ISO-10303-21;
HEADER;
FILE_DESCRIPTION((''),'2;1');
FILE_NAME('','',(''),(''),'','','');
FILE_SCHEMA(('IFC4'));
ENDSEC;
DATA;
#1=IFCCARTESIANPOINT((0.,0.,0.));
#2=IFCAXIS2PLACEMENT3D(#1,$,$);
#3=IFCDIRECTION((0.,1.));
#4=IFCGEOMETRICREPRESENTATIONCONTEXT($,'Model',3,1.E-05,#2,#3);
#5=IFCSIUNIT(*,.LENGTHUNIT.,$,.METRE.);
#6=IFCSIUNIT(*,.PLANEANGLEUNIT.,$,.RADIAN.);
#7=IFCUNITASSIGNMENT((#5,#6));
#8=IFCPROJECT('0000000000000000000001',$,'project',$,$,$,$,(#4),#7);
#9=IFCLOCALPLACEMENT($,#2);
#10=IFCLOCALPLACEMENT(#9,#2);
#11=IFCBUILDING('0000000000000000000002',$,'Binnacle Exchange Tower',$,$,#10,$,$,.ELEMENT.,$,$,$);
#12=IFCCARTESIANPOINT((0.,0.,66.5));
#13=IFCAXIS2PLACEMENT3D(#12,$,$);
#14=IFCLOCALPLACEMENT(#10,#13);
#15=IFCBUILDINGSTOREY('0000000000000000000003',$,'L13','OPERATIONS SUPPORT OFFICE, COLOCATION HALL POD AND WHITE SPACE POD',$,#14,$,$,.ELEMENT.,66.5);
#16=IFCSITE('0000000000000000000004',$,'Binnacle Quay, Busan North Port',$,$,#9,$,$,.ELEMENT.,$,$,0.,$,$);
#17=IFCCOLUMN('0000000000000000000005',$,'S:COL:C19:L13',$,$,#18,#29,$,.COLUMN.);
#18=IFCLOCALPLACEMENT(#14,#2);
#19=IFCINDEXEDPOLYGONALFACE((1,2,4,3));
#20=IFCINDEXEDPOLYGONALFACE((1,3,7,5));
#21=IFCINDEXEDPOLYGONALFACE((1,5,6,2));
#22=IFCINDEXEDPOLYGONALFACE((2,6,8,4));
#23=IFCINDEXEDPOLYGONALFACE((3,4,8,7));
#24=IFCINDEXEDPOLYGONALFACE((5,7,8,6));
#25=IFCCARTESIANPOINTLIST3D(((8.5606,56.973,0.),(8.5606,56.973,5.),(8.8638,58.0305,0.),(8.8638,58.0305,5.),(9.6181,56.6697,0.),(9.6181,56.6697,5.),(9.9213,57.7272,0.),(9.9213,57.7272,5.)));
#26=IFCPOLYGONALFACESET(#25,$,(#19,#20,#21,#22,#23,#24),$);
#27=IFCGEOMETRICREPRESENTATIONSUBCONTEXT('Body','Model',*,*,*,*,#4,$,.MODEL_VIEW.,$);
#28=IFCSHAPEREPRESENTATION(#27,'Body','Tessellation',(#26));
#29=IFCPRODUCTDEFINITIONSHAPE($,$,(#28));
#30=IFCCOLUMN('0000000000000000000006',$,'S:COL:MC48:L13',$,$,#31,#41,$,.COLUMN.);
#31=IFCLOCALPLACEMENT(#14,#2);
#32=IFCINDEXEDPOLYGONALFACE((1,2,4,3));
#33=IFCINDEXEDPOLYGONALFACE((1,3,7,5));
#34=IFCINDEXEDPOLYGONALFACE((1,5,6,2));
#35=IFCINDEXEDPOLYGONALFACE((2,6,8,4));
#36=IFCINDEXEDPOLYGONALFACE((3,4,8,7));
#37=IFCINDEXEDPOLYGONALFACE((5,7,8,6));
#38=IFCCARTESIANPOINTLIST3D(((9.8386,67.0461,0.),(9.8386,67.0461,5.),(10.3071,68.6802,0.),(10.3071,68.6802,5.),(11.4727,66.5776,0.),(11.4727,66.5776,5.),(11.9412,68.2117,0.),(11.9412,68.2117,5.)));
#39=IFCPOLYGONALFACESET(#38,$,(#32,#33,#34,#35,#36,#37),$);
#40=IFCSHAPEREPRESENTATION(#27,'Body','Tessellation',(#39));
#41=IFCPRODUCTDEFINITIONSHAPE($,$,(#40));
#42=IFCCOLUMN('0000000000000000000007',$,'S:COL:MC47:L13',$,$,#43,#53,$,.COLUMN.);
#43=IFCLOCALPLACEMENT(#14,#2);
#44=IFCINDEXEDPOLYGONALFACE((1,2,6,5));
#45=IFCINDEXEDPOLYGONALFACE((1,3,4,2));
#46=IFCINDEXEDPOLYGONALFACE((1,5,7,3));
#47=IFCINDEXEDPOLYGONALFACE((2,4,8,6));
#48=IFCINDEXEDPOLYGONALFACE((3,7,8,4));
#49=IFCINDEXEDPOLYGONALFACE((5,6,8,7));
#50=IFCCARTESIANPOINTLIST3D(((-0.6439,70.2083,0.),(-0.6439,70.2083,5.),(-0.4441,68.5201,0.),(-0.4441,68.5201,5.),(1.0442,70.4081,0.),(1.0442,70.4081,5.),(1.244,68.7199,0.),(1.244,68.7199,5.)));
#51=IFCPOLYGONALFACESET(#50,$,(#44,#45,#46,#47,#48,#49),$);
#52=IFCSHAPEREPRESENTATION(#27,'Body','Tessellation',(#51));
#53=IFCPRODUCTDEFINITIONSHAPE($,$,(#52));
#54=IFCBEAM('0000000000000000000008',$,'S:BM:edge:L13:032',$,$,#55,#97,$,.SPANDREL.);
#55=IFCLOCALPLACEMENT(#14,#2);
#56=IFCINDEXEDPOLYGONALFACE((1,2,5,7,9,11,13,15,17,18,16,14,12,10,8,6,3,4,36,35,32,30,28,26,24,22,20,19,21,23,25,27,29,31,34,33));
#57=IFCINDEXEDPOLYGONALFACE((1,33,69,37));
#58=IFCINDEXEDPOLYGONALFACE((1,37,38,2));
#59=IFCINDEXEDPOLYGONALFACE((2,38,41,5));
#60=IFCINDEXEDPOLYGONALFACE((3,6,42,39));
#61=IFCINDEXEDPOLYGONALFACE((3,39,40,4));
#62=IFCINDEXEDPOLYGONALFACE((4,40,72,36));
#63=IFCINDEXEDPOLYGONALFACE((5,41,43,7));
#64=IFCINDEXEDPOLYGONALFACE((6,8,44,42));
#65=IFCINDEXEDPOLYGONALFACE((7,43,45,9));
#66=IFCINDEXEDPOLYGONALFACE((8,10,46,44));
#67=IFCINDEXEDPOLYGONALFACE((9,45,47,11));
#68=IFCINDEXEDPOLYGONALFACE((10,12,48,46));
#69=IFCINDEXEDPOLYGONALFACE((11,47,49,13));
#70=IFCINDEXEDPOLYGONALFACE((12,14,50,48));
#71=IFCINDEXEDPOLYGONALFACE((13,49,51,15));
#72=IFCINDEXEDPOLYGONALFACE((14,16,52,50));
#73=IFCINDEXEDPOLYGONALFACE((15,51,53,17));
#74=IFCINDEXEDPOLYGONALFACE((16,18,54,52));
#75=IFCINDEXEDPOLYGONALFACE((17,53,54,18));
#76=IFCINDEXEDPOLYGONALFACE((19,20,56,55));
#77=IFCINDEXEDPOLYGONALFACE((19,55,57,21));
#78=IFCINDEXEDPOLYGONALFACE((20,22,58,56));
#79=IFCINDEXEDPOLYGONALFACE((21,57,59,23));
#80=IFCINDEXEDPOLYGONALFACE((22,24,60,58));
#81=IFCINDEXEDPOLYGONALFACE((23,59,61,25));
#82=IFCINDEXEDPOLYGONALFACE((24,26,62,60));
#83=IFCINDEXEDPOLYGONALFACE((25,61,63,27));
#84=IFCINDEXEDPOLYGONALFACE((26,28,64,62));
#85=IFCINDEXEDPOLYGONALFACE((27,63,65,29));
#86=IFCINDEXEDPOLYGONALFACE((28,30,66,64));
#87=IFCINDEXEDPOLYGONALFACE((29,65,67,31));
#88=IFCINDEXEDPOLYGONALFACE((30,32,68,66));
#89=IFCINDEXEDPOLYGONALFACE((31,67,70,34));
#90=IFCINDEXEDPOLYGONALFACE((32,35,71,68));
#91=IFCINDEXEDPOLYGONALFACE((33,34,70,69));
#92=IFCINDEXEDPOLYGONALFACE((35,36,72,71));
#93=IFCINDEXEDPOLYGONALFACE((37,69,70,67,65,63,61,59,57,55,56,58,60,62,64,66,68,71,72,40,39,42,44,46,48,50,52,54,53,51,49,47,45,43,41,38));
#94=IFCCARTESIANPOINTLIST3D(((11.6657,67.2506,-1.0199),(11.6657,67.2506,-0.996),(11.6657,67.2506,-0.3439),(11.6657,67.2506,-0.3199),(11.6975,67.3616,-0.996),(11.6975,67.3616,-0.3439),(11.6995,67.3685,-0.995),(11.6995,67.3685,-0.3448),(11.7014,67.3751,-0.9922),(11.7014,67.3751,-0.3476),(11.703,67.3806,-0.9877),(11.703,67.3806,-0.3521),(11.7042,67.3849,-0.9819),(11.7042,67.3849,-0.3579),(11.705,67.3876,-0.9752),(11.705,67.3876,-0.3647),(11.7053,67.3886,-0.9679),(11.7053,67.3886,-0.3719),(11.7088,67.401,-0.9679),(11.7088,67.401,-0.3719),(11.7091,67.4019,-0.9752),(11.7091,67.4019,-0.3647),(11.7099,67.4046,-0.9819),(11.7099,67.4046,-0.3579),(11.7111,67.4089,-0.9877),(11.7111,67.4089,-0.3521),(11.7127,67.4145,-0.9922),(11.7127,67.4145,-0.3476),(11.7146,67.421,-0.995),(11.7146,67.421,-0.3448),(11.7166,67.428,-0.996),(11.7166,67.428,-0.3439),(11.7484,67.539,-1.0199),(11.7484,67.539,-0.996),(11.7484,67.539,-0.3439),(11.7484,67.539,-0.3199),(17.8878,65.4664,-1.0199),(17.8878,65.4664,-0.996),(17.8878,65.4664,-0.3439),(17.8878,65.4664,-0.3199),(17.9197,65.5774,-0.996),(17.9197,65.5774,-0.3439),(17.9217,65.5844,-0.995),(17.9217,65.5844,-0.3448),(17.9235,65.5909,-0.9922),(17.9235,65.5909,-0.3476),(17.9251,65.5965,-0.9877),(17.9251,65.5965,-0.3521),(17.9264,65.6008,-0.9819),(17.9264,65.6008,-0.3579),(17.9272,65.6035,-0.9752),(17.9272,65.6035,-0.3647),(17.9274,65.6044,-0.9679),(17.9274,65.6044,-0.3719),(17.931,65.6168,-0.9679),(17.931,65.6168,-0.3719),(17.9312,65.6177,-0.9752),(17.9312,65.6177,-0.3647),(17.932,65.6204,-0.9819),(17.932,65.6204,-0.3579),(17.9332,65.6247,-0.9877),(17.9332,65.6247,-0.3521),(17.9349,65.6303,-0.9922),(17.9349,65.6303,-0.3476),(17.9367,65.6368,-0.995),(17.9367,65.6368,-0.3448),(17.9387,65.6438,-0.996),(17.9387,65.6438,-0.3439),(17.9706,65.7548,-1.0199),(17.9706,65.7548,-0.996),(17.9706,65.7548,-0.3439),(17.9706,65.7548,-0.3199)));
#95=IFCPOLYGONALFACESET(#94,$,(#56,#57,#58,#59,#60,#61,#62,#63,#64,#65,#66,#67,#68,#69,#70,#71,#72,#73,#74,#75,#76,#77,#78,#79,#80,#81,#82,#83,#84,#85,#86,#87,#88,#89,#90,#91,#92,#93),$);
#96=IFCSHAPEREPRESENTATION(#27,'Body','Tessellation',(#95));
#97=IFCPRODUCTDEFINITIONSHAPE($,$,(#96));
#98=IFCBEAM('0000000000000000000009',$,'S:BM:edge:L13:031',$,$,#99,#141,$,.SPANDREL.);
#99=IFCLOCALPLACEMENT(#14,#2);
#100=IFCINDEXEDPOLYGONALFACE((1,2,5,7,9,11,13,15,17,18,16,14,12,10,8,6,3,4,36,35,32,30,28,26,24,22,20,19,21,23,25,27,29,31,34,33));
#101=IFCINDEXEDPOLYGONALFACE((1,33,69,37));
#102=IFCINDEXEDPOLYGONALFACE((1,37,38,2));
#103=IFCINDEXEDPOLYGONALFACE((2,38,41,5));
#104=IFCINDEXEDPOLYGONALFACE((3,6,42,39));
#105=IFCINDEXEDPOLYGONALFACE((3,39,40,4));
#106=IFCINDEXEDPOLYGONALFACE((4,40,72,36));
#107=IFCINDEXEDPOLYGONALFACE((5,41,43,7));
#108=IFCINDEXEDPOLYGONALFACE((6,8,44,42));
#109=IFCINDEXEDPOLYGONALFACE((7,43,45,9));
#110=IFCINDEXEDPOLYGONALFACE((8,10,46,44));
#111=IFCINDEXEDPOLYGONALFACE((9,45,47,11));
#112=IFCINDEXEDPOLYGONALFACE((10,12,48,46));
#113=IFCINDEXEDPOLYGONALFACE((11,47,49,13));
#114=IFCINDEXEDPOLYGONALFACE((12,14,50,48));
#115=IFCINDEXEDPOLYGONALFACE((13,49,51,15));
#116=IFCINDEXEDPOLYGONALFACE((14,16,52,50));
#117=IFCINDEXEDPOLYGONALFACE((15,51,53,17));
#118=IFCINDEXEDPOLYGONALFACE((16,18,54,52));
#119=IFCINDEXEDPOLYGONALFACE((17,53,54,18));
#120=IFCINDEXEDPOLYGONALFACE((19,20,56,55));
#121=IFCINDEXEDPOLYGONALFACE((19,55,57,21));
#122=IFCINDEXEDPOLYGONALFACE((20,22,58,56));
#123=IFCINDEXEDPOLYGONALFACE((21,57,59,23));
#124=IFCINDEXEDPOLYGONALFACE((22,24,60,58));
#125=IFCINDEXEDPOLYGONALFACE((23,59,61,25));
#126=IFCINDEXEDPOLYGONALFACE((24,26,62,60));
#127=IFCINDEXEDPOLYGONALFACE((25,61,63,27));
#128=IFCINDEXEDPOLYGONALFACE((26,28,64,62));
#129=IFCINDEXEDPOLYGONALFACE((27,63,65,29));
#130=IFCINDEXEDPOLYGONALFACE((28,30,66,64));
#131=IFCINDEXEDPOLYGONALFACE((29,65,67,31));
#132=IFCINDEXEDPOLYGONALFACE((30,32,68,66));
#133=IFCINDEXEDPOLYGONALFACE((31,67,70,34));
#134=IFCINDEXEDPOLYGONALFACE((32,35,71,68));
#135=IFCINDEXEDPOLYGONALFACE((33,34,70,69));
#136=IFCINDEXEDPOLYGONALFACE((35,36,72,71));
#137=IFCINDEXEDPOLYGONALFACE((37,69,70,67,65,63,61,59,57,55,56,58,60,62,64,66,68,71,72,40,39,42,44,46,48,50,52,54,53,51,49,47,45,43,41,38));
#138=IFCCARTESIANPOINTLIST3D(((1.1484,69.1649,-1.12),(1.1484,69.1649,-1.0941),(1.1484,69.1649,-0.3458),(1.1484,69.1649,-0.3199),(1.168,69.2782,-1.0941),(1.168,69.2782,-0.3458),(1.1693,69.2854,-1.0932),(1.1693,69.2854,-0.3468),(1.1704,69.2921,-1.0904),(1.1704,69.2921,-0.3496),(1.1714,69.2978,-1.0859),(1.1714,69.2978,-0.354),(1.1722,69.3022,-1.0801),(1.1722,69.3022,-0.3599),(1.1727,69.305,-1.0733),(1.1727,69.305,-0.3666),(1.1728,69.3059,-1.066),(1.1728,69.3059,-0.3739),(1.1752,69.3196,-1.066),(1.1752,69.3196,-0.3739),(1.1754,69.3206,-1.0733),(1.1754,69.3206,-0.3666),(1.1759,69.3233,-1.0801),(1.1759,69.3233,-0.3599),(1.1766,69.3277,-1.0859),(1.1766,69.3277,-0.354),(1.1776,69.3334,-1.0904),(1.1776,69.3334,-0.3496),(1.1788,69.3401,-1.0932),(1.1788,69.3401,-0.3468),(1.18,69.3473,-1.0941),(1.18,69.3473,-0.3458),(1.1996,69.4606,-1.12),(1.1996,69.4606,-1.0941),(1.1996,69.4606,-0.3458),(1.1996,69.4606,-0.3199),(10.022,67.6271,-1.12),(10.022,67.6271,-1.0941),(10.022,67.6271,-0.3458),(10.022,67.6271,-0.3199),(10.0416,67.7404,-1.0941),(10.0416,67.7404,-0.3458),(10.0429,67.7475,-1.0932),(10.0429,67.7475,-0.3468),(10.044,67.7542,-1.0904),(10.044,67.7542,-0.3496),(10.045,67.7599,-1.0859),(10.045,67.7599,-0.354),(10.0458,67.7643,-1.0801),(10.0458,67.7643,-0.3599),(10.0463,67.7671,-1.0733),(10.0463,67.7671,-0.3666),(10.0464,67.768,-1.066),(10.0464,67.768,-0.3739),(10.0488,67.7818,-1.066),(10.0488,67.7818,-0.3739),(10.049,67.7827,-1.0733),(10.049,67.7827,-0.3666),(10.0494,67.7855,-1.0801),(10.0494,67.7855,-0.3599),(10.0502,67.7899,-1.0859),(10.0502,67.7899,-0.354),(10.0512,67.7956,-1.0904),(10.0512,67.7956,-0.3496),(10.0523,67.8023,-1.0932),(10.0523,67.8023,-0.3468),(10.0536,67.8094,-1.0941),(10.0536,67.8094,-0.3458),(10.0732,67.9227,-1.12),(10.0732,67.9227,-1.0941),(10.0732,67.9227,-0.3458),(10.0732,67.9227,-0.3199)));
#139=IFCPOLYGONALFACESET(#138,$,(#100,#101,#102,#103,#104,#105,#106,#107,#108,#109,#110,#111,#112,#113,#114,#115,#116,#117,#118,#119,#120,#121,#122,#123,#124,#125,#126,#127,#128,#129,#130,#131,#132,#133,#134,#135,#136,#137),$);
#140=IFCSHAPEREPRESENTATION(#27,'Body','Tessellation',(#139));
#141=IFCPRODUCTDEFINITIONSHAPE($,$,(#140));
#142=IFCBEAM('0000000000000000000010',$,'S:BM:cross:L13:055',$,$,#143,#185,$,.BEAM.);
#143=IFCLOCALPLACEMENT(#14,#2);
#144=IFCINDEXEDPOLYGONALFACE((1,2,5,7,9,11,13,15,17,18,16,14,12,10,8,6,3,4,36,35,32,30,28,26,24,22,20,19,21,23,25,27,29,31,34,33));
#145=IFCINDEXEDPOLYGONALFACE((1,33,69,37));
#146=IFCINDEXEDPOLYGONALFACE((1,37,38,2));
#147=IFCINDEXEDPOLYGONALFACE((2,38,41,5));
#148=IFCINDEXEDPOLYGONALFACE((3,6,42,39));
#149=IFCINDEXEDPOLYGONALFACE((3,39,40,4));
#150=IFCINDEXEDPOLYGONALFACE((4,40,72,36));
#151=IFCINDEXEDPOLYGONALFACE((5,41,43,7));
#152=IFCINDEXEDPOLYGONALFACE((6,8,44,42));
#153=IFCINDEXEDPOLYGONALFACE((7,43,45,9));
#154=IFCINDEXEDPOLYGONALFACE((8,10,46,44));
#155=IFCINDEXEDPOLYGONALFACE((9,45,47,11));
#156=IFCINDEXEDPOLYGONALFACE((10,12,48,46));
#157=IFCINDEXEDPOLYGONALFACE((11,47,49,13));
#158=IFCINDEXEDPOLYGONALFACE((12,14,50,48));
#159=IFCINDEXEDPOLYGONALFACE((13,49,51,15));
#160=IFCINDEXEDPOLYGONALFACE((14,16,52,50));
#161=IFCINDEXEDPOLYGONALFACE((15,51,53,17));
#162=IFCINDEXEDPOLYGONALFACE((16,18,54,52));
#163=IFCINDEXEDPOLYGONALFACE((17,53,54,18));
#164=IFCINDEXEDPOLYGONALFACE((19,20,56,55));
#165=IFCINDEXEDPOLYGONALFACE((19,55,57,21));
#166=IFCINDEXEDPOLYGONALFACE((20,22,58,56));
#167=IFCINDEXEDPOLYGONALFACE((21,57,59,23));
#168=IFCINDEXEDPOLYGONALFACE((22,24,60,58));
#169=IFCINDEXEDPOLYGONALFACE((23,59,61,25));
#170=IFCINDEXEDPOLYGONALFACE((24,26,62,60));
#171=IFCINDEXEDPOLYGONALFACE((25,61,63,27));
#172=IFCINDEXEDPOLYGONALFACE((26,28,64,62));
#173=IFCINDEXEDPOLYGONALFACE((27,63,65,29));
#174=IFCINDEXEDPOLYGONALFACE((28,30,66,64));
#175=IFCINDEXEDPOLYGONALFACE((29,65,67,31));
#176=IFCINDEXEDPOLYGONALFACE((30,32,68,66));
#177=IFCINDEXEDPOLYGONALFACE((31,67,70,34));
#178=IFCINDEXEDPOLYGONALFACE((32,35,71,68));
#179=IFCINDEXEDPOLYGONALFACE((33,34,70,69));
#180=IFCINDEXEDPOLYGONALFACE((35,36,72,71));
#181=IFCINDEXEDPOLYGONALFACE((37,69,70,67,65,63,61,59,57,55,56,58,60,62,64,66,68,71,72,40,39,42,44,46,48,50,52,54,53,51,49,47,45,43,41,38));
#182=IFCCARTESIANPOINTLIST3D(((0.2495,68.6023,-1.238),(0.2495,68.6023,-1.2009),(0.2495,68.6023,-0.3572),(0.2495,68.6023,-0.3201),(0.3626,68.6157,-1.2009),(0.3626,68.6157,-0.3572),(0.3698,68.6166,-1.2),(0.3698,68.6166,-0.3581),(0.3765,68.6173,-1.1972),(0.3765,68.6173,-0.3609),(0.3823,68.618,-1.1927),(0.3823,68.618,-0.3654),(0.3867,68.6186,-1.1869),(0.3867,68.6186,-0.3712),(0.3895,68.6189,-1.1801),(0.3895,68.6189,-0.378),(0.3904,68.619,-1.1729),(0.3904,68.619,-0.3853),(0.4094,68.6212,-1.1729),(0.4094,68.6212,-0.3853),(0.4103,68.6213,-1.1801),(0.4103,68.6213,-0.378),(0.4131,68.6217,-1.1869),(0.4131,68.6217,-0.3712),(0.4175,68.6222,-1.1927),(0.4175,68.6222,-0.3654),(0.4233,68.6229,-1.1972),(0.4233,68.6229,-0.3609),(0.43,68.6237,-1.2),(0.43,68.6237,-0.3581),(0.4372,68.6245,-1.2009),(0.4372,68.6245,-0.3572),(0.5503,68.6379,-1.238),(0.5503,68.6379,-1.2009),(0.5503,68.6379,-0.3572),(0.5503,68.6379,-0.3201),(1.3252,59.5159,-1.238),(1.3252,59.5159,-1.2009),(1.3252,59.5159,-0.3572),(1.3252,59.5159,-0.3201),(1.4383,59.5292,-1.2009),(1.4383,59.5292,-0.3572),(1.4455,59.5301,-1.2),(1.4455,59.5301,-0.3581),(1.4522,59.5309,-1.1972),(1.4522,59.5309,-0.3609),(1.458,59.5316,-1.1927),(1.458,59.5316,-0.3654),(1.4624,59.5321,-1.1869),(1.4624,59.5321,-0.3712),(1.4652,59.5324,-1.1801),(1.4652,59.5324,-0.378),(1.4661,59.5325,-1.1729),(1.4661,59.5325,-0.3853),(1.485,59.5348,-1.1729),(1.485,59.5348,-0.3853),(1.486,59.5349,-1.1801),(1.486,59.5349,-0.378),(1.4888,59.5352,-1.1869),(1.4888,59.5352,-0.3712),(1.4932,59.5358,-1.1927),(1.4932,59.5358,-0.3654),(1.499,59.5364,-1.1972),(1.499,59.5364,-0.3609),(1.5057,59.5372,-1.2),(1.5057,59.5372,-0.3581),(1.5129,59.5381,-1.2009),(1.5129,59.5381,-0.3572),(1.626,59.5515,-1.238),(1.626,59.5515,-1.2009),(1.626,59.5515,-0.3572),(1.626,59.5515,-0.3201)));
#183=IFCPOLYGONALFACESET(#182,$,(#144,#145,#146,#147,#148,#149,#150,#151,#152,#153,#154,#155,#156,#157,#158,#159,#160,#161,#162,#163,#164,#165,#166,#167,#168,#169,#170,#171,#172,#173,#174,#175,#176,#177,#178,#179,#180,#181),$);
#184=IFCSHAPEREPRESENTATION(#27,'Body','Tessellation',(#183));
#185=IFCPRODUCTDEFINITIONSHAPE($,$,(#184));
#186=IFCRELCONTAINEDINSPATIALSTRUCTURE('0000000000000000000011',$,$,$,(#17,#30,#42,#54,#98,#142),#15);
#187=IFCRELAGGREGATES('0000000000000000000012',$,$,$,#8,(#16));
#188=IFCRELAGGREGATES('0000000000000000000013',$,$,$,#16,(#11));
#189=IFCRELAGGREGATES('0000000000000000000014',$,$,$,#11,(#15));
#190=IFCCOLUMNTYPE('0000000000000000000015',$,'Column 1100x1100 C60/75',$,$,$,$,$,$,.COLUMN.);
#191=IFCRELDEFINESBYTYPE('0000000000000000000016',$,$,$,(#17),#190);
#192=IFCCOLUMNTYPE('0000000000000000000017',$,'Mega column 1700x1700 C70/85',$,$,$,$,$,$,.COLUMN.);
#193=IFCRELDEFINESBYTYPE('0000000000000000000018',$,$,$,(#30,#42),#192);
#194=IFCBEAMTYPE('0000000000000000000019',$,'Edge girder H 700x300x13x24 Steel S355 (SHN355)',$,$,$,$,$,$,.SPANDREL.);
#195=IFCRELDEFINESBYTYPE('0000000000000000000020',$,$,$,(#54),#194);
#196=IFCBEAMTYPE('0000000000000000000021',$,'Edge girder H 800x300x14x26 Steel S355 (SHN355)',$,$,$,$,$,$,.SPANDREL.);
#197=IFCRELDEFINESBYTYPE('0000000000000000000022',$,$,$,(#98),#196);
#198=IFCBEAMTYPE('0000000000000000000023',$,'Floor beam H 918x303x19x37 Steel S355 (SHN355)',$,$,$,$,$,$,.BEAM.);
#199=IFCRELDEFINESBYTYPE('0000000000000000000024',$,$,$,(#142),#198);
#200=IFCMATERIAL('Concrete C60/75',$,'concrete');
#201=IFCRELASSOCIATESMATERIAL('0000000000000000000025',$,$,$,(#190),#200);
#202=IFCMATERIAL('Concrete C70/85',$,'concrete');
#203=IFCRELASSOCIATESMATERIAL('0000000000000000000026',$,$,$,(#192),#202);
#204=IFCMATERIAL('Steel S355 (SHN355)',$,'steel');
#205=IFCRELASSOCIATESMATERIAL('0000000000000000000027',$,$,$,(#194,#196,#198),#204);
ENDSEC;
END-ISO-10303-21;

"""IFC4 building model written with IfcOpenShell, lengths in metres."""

from ifc_helpers import new_model, si_unit, direction, frame, origin, origin_2d, place, context, subcontext, project, spatial, rectangle, i_section, extrude, material, material_profile, profile_set, type_object, element, save


model = new_model("IFC4")

# Units and contexts
model_context = context("Model", 3, precision=1e-05, world=origin(), true_north=direction((0.0, 1.0)))
body_context = subcontext(model_context, "Body", "Model", "MODEL_VIEW")
ifc_project = project(units=[si_unit("LENGTHUNIT", "METRE"), si_unit("PLANEANGLEUNIT", "RADIAN")], contexts=[model_context])

# Site, building, storey
site_placement = place(None, origin())
site = spatial("IfcSite", under=ifc_project, at=site_placement, Name="Binnacle Quay, Busan North Port", CompositionType="ELEMENT", RefElevation=0.0)
building_placement = place(site_placement, origin())
building = spatial("IfcBuilding", under=site, at=building_placement, Name="Binnacle Exchange Tower", CompositionType="ELEMENT")
storey_placement = place(building_placement, frame((0.0, 0.0, 66.5)))
storey = spatial("IfcBuildingStorey", under=building, at=storey_placement, Name="L13", Description="OPERATIONS SUPPORT OFFICE, COLOCATION HALL POD AND WHITE SPACE POD", CompositionType="ELEMENT", Elevation=66.5)

# Columns
ifc_material_1 = material(Name="Concrete C60/75", Category="concrete")
ifc_material_profile_1 = material_profile(ifc_material_1, rectangle(XDim=1.1001, YDim=1.1001, at=origin_2d()), Name="Column 1100x1100 C60/75")
ifc_profile_set_1 = profile_set([ifc_material_profile_1], Name="Concrete C60/75")
column_type_1 = type_object("IfcColumnType", Name="Column 1100x1100 C60/75", PredefinedType="COLUMN", material=ifc_profile_set_1)
column_placement = place(storey_placement, frame((9.241, 57.3501, 0.0), z_axis=(0.0, 0.0, 1.0), x_axis=(0.961262, -0.275637, 0.0)))
element("IfcColumn", 1, at=column_placement, inside=storey, type_object=column_type_1, Name="S:COL:C19:L13", PredefinedType="COLUMN", context=body_context, shape_type="SweptSolid", body=[
    extrude(rectangle(XDim=1.1001, YDim=1.1001, at=origin_2d()), origin(), (0.0, 0.0, 1.0), 5.0),
])
ifc_material_2 = material(Name="Concrete C70/85", Category="concrete")
ifc_material_profile_2 = material_profile(ifc_material_2, rectangle(XDim=1.7, YDim=1.7, at=origin_2d()), Name="Mega column 1700x1700 C70/85")
ifc_profile_set_2 = profile_set([ifc_material_profile_2], Name="Concrete C70/85")
column_type_2 = type_object("IfcColumnType", Name="Mega column 1700x1700 C70/85", PredefinedType="COLUMN", material=ifc_profile_set_2)
for number, where, z_axis, x_axis, name in (
    (2, (10.8899, 67.6289, 0.0), (0.0, 0.0, 1.0), (-0.961262, 0.275637, 0.0), "S:COL:MC48:L13"),
    (3, (0.3, 69.4641, 0.0), (0.0, 0.0, 1.0), (-0.993068, -0.117537, 0.0), "S:COL:MC47:L13"),
):
    element("IfcColumn", number, at=place(storey_placement, frame(where, z_axis=z_axis, x_axis=x_axis)), inside=storey, type_object=column_type_2, Name=name, PredefinedType="COLUMN", context=body_context, shape_type="SweptSolid", body=[
        extrude(rectangle(XDim=1.7, YDim=1.7, at=origin_2d()), origin(), (0.0, 0.0, 1.0), 5.0),
    ])

# Beams
ifc_material_3 = material(Name="Steel S355 (SHN355)", Category="steel")
ifc_material_profile_3 = material_profile(ifc_material_3, i_section(OverallWidth=0.3, OverallDepth=0.7, WebThickness=0.0129, FlangeThickness=0.0239, FilletRadius=0.0281, at=origin_2d()), Name="H 700x300x13x24")
ifc_profile_set_3 = profile_set([ifc_material_profile_3], Name="Steel S355 (SHN355)")
beam_type_1 = type_object("IfcBeamType", Name="Edge girder H 700x300x13x24 Steel S355 (SHN355)", PredefinedType="SPANDREL", material=ifc_profile_set_3)
beam_1_placement = place(storey_placement, frame((17.9292, 65.6106, -0.6699), z_axis=(-0.961262, 0.275638, 0.0), x_axis=(-0.275638, -0.961262, 0.0)))
element("IfcBeam", 4, at=beam_1_placement, inside=storey, type_object=beam_type_1, Name="S:BM:edge:L13:032", PredefinedType="SPANDREL", context=body_context, shape_type="SweptSolid", body=[
    extrude(i_section(OverallWidth=0.3, OverallDepth=0.7, WebThickness=0.0129, FlangeThickness=0.0239, FilletRadius=0.0281, at=origin_2d()), origin(), (0.0, 0.0, 1.0), 6.4729),
])
ifc_material_profile_4 = material_profile(ifc_material_3, i_section(OverallWidth=0.3, OverallDepth=0.8, WebThickness=0.0139, FlangeThickness=0.0259, FilletRadius=0.0281, at=origin_2d()), Name="H 800x300x14x26")
ifc_profile_set_4 = profile_set([ifc_material_profile_4], Name="Steel S355 (SHN355)")
beam_type_2 = type_object("IfcBeamType", Name="Edge girder H 800x300x14x26 Steel S355 (SHN355)", PredefinedType="SPANDREL", material=ifc_profile_set_4)
beam_2_placement = place(storey_placement, frame((10.0476, 67.7749, -0.72), z_axis=(-0.985312, 0.170761, 0.0), x_axis=(-0.170761, -0.985312, 0.0)))
element("IfcBeam", 5, at=beam_2_placement, inside=storey, type_object=beam_type_2, Name="S:BM:edge:L13:031", PredefinedType="SPANDREL", context=body_context, shape_type="SweptSolid", body=[
    extrude(i_section(OverallWidth=0.3, OverallDepth=0.8, WebThickness=0.0139, FlangeThickness=0.0259, FilletRadius=0.0281, at=origin_2d()), origin(), (0.0, 0.0, 1.0), 9.0059),
])
ifc_material_profile_5 = material_profile(ifc_material_3, i_section(OverallWidth=0.303, OverallDepth=0.918, WebThickness=0.019, FlangeThickness=0.0371, FilletRadius=0.0281, at=origin_2d()), Name="H 918x303x19x37")
ifc_profile_set_5 = profile_set([ifc_material_profile_5], Name="Steel S355 (SHN355)")
beam_type_3 = type_object("IfcBeamType", Name="Floor beam H 918x303x19x37 Steel S355 (SHN355)", PredefinedType="BEAM", material=ifc_profile_set_5)
beam_3_placement = place(storey_placement, frame((0.3999, 68.6201, -0.7791), z_axis=(0.117563, -0.993065, 0.0), x_axis=(0.993065, 0.117563, 0.0)))
element("IfcBeam", 6, at=beam_3_placement, inside=storey, type_object=beam_type_3, Name="S:BM:cross:L13:055", PredefinedType="BEAM", context=body_context, shape_type="SweptSolid", body=[
    extrude(i_section(OverallWidth=0.303, OverallDepth=0.918, WebThickness=0.019, FlangeThickness=0.0371, FilletRadius=0.0281, at=origin_2d()), origin(), (0.0, 0.0, 1.0), 9.1499),
])

save(model, "model.ifc")
